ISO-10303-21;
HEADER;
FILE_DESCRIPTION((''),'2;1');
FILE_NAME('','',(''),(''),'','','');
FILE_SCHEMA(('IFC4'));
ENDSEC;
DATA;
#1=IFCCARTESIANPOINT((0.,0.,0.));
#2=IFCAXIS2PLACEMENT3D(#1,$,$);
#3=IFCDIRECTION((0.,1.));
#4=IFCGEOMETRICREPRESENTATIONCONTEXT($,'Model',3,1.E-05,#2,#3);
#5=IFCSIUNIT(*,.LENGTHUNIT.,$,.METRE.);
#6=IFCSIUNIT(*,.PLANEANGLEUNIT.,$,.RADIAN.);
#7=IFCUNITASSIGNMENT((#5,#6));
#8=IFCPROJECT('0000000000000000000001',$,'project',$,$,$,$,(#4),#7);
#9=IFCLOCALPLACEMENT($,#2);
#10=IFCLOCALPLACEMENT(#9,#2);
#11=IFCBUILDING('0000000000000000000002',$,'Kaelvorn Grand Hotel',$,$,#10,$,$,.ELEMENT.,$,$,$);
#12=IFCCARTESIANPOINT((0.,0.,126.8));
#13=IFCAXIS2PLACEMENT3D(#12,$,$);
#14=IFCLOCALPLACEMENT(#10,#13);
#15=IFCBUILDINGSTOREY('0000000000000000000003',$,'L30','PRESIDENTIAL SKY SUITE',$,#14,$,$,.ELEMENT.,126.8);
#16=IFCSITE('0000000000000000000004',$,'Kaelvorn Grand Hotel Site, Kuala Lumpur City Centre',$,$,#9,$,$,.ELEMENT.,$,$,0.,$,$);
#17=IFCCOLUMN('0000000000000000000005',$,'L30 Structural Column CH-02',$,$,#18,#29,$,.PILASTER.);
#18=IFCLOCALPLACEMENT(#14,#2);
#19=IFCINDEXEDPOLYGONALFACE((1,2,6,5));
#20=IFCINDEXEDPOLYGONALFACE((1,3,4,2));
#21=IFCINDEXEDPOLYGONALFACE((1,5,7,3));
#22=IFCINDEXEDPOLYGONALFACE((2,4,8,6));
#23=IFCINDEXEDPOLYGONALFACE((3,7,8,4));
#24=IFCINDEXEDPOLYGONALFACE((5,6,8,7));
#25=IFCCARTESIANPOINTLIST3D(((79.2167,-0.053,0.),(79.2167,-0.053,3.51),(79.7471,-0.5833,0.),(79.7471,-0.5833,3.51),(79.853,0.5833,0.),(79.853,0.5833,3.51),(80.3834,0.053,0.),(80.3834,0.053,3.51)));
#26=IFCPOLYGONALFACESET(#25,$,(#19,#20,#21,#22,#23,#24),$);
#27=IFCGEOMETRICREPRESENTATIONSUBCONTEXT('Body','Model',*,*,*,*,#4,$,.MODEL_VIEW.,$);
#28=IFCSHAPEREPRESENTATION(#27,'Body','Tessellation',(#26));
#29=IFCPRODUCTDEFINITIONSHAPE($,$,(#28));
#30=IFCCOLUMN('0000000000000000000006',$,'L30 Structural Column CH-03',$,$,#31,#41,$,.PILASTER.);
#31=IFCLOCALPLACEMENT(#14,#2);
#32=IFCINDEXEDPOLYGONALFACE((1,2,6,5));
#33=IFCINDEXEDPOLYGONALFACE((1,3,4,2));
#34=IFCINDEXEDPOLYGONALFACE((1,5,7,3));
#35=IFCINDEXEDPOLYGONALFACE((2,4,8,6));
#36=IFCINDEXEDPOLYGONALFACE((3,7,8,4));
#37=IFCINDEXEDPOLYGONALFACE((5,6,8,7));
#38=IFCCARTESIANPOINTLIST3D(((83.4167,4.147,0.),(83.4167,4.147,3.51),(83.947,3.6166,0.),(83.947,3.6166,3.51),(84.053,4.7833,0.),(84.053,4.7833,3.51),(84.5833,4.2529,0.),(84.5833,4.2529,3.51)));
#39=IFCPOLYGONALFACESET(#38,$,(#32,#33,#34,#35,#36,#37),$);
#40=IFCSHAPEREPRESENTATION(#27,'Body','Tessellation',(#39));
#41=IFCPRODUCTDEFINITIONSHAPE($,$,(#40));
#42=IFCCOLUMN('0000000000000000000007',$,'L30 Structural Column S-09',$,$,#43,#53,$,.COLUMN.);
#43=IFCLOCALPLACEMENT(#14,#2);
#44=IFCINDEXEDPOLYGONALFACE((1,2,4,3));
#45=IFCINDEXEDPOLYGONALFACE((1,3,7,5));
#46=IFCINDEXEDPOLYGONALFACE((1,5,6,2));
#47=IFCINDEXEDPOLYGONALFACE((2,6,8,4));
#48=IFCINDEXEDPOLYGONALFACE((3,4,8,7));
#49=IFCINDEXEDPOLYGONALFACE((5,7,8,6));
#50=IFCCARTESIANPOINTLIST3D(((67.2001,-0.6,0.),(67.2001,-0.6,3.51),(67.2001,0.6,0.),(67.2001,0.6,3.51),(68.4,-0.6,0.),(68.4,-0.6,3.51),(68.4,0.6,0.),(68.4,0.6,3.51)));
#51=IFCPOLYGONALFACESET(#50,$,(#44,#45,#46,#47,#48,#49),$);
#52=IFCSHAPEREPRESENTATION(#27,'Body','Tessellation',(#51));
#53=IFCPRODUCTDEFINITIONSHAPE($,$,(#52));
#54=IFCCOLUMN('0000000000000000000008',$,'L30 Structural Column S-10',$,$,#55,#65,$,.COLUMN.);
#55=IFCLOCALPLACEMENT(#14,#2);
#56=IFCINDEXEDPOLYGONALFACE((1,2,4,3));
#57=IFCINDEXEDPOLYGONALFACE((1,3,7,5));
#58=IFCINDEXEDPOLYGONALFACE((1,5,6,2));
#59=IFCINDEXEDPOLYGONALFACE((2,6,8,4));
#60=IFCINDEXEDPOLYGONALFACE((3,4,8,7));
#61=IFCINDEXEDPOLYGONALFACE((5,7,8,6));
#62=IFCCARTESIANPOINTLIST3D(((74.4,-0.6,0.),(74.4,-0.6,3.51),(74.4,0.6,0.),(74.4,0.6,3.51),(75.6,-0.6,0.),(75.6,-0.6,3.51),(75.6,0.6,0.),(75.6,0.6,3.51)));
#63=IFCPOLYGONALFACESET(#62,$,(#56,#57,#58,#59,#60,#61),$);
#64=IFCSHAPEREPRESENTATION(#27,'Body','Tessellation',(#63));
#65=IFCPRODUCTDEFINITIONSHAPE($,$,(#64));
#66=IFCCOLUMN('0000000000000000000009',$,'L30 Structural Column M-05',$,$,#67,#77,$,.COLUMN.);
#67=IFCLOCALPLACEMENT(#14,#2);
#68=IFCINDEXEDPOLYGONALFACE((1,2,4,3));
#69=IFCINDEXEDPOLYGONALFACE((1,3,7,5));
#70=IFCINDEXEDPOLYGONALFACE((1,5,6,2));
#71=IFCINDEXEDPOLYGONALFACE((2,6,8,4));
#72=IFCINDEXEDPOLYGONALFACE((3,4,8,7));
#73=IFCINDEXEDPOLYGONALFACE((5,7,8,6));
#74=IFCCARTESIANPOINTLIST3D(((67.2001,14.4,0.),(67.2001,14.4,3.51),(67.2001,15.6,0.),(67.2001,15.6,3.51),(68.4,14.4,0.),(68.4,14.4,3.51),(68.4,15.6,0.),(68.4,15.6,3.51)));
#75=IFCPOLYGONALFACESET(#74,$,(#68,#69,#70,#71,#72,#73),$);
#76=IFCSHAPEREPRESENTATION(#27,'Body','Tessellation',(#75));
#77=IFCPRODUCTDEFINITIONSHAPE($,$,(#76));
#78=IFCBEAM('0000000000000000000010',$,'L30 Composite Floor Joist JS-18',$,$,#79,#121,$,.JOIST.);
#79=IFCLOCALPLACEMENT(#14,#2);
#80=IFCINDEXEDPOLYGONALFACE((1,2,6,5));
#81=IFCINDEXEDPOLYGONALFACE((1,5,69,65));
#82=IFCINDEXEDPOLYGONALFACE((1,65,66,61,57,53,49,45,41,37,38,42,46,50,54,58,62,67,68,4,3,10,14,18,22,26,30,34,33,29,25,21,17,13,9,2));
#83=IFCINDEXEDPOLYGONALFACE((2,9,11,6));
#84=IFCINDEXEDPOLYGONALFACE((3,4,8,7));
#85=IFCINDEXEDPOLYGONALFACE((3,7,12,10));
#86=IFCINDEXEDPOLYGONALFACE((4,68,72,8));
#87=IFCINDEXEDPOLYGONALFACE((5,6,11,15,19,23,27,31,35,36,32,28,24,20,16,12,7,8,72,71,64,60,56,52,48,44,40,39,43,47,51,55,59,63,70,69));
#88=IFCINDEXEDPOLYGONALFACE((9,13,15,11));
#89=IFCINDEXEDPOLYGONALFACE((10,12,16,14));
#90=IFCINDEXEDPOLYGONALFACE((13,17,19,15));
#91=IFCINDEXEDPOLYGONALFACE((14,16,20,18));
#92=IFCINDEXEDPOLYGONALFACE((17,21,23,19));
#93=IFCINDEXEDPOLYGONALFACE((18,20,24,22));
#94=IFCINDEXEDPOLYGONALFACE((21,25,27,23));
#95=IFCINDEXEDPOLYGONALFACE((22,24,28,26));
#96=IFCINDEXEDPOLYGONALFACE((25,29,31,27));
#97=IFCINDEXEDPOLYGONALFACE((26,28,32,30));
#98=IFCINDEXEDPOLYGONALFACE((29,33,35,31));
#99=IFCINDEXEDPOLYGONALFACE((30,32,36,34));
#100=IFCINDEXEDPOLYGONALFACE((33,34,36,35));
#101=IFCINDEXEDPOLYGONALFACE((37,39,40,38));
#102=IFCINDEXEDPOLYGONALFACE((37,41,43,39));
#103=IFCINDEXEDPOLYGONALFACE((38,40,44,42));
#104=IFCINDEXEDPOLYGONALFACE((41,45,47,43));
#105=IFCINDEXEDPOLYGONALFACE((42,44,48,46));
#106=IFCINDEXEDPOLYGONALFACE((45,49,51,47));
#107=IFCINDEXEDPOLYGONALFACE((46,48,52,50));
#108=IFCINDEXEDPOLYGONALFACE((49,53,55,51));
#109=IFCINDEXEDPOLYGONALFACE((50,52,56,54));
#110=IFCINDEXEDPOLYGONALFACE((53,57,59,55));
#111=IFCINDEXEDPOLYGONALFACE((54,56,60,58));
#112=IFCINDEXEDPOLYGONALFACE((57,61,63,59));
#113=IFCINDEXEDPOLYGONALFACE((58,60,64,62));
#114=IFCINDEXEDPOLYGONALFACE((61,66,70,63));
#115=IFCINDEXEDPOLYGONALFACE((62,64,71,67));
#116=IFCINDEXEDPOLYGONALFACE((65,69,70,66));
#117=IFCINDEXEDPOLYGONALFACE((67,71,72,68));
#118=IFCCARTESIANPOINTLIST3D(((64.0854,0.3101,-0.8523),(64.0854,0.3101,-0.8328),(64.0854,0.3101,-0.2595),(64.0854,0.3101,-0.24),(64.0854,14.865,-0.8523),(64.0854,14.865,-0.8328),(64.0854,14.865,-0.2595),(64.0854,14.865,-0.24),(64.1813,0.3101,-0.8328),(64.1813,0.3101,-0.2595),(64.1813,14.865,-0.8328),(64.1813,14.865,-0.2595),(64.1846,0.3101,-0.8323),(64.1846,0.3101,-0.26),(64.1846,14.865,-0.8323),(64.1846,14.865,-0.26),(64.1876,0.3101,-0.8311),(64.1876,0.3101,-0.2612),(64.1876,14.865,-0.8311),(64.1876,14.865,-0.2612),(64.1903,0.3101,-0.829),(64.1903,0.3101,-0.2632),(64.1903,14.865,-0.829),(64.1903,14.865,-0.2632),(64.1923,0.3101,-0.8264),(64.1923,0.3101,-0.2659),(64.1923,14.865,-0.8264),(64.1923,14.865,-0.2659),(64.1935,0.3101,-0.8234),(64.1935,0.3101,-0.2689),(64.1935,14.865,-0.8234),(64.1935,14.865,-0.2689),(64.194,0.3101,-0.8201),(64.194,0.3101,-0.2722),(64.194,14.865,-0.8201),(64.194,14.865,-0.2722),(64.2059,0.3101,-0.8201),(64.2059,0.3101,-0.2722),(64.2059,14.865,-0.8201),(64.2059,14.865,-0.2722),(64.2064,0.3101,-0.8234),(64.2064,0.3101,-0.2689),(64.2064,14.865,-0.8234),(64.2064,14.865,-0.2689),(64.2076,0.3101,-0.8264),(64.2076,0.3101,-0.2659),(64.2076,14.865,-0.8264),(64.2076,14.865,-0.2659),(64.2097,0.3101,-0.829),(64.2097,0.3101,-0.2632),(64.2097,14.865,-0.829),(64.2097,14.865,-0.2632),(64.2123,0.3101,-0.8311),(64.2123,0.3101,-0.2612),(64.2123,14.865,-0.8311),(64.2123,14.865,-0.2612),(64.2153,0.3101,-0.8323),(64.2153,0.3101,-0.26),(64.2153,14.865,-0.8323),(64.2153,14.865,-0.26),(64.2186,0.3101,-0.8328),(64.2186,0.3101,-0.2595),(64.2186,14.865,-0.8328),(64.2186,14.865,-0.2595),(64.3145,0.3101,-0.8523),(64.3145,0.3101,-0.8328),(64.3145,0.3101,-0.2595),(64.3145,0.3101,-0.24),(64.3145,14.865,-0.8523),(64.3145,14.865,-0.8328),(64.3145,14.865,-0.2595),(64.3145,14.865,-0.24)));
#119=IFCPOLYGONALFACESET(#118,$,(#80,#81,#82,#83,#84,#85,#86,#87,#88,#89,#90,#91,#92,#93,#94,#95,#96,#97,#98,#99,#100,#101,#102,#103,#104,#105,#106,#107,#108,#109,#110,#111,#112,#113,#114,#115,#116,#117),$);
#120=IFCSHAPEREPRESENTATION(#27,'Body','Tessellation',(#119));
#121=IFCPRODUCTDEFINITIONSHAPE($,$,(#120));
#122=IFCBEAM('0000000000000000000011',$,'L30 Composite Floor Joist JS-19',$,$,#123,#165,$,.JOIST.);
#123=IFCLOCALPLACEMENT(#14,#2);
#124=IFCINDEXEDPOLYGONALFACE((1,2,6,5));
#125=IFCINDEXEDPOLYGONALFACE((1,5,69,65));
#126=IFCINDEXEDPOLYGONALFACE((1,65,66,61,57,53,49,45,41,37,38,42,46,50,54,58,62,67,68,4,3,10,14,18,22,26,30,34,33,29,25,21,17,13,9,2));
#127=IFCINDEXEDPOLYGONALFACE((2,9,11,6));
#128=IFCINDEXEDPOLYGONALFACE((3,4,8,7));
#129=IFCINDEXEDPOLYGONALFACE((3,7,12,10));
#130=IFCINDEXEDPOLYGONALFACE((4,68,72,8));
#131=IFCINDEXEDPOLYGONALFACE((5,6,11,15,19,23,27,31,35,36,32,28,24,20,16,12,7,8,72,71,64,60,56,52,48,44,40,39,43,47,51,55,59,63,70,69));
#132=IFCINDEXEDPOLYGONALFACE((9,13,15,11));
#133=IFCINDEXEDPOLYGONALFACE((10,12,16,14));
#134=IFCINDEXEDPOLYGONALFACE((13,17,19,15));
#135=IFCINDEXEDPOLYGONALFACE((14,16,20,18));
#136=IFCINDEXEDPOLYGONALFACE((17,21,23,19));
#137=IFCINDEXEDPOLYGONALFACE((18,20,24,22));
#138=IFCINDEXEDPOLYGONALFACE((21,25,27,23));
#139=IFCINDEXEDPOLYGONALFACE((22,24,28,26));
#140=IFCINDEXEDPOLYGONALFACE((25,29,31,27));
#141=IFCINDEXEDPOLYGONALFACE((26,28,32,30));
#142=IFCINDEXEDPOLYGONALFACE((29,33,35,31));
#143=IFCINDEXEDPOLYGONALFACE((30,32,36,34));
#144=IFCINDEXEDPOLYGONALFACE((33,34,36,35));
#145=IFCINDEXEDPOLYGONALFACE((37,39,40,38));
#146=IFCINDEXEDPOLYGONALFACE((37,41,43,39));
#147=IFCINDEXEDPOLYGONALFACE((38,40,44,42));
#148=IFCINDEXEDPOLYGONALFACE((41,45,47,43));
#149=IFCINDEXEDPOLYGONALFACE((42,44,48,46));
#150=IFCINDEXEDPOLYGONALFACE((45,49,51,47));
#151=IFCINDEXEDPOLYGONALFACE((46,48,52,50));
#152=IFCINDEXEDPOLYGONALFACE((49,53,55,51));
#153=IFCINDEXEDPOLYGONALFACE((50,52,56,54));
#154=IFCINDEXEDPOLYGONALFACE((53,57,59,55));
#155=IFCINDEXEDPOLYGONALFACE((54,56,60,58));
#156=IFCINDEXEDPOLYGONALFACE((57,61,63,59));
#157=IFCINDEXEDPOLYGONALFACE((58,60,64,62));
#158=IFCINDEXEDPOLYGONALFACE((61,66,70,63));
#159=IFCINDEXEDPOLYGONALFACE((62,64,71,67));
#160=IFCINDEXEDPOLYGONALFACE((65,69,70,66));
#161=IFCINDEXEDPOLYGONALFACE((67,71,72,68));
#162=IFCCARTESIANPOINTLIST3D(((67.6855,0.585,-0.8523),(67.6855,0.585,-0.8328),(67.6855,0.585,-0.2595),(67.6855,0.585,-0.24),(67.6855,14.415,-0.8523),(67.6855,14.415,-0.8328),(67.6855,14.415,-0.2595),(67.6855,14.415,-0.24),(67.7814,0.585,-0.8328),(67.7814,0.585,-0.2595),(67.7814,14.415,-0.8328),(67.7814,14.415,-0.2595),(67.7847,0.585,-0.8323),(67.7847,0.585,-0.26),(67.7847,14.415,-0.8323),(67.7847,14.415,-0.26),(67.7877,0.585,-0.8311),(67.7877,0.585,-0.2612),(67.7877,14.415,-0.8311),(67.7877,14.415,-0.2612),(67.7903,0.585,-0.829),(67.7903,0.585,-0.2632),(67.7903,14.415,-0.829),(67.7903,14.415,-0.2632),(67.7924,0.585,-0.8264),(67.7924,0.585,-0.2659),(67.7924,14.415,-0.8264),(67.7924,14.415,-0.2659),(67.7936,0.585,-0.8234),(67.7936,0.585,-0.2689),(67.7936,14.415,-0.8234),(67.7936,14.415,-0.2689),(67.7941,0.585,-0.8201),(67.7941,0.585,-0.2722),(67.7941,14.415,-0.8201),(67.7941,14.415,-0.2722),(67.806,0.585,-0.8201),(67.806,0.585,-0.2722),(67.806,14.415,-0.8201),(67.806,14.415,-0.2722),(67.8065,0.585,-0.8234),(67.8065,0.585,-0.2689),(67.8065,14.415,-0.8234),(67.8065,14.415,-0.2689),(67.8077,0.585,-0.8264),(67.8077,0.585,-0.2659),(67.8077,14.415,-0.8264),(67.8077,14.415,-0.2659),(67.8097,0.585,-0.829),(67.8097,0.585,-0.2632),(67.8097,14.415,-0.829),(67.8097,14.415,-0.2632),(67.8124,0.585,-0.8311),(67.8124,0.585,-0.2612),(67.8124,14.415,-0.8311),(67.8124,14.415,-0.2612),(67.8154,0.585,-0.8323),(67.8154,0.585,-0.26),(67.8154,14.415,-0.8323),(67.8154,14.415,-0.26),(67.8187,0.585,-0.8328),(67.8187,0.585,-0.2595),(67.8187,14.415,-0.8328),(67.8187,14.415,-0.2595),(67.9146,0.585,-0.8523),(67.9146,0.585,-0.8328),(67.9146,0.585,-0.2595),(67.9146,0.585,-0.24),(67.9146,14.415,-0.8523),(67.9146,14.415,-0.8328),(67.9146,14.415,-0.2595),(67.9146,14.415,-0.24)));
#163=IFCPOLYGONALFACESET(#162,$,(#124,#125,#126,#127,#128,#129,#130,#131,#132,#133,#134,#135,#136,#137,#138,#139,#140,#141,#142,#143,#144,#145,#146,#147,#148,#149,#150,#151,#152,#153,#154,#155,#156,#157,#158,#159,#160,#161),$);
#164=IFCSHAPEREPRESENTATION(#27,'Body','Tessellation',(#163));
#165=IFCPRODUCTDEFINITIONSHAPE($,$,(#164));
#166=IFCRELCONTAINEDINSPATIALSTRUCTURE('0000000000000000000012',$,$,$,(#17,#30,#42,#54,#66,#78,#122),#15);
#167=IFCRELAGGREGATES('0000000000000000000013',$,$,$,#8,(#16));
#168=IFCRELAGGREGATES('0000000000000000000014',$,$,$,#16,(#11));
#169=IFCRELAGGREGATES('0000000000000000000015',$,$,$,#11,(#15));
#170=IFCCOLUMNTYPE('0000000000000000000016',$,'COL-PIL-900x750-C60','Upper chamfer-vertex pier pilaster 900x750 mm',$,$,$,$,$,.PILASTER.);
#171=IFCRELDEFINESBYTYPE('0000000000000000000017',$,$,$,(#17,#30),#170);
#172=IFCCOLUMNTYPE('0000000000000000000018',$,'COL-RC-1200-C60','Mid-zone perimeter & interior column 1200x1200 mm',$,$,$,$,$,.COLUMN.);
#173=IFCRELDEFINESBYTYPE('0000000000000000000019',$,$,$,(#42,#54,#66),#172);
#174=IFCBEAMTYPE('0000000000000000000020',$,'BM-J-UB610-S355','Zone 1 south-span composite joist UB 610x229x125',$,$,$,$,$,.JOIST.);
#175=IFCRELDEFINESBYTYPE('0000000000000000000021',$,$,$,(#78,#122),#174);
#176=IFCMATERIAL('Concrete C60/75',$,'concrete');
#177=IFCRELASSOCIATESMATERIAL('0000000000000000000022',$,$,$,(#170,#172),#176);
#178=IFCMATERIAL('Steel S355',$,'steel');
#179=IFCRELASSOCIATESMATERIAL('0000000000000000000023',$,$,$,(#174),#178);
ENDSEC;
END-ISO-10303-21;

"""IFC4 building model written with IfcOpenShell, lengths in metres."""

from ifc_helpers import new_model, si_unit, direction, frame, origin, origin_2d, place, context, subcontext, project, spatial, rectangle, i_section, extrude, material, material_profile, profile_set, type_object, element, save


model = new_model("IFC4")

# Units and contexts
model_context = context("Model", 3, precision=1e-05, world=origin(), true_north=direction((0.0, 1.0)))
body_context = subcontext(model_context, "Body", "Model", "MODEL_VIEW")
ifc_project = project(units=[si_unit("LENGTHUNIT", "METRE"), si_unit("PLANEANGLEUNIT", "RADIAN")], contexts=[model_context])

# Site, building, storey
site_placement = place(None, origin())
site = spatial("IfcSite", under=ifc_project, at=site_placement, Name="Kaelvorn Grand Hotel Site, Kuala Lumpur City Centre", CompositionType="ELEMENT", RefElevation=0.0)
building_placement = place(site_placement, origin())
building = spatial("IfcBuilding", under=site, at=building_placement, Name="Kaelvorn Grand Hotel", CompositionType="ELEMENT")
storey_placement = place(building_placement, frame((0.0, 0.0, 126.8)))
storey = spatial("IfcBuildingStorey", under=building, at=storey_placement, Name="L30", Description="PRESIDENTIAL SKY SUITE", CompositionType="ELEMENT", Elevation=126.8)

# Columns
ifc_material_1 = material(Name="Concrete C60/75", Category="concrete")
ifc_material_profile_1 = material_profile(ifc_material_1, rectangle(XDim=0.8999, YDim=0.75, at=origin_2d()), Name="RC PILASTER 900x750")
ifc_profile_set_1 = profile_set([ifc_material_profile_1], Name="Concrete C60/75")
column_type_1 = type_object("IfcColumnType", Name="COL-PIL-900x750-C60", Description="Upper chamfer-vertex pier pilaster 900x750 mm", PredefinedType="PILASTER", material=ifc_profile_set_1)
for number, where, z_axis, x_axis, name in (
    (1, (79.8, 0.0, 0.0), (0.0, 0.0, 1.0), (0.707107, 0.707107, 0.0), "L30 Structural Column CH-02"),
    (2, (84.0, 4.2, 0.0), (0.0, 0.0, 1.0), (0.707107, 0.707107, 0.0), "L30 Structural Column CH-03"),
):
    element("IfcColumn", number, at=place(storey_placement, frame(where, z_axis=z_axis, x_axis=x_axis)), inside=storey, type_object=column_type_1, Name=name, PredefinedType="PILASTER", context=body_context, shape_type="SweptSolid", body=[
        extrude(rectangle(XDim=0.8999, YDim=0.75, at=origin_2d()), origin(), (0.0, 0.0, 1.0), 3.51),
    ])
ifc_material_profile_2 = material_profile(ifc_material_1, rectangle(XDim=1.2, YDim=1.2, at=origin_2d()), Name="RC COL 1200x1200")
ifc_profile_set_2 = profile_set([ifc_material_profile_2], Name="Concrete C60/75")
column_type_2 = type_object("IfcColumnType", Name="COL-RC-1200-C60", Description="Mid-zone perimeter & interior column 1200x1200 mm", PredefinedType="COLUMN", material=ifc_profile_set_2)
for number, where, z_axis, x_axis, name in (
    (3, (67.8, 0.0, 0.0), (0.0, 0.0, 1.0), (1.0, 0.0, 0.0), "L30 Structural Column S-09"),
    (4, (75.0, 0.0, 0.0), (0.0, 0.0, 1.0), (1.0, 0.0, 0.0), "L30 Structural Column S-10"),
    (5, (67.8, 15.0, 0.0), (0.0, 0.0, 1.0), (1.0, 0.0, 0.0), "L30 Structural Column M-05"),
):
    element("IfcColumn", number, at=place(storey_placement, frame(where, z_axis=z_axis, x_axis=x_axis)), inside=storey, type_object=column_type_2, Name=name, PredefinedType="COLUMN", context=body_context, shape_type="SweptSolid", body=[
        extrude(rectangle(XDim=1.2, YDim=1.2, at=origin_2d()), origin(), (0.0, 0.0, 1.0), 3.51),
    ])

# Beams
ifc_material_2 = material(Name="Steel S355", Category="steel")
ifc_material_profile_3 = material_profile(ifc_material_2, i_section(OverallWidth=0.229, OverallDepth=0.6123, WebThickness=0.012, FlangeThickness=0.0195, FilletRadius=0.0127, at=origin_2d()), Name="UB 610x229x125")
ifc_profile_set_3 = profile_set([ifc_material_profile_3], Name="Steel S355")
beam_type_1 = type_object("IfcBeamType", Name="BM-J-UB610-S355", Description="Zone 1 south-span composite joist UB 610x229x125", PredefinedType="JOIST", material=ifc_profile_set_3)
beam_1_placement = place(storey_placement, frame((64.2, 0.3101, -0.5461), z_axis=(0.0, 1.0, 0.0), x_axis=(-1.0, 0.0, 0.0)))
element("IfcBeam", 6, at=beam_1_placement, inside=storey, type_object=beam_type_1, Name="L30 Composite Floor Joist JS-18", PredefinedType="JOIST", context=body_context, shape_type="SweptSolid", body=[
    extrude(i_section(OverallWidth=0.229, OverallDepth=0.6123, WebThickness=0.012, FlangeThickness=0.0195, FilletRadius=0.0127, at=origin_2d()), origin(), (0.0, 0.0, 1.0), 14.5549),
])
beam_2_placement = place(storey_placement, frame((67.8, 0.585, -0.5461), z_axis=(0.0, 1.0, 0.0), x_axis=(-1.0, 0.0, 0.0)))
element("IfcBeam", 7, at=beam_2_placement, inside=storey, type_object=beam_type_1, Name="L30 Composite Floor Joist JS-19", PredefinedType="JOIST", context=body_context, shape_type="SweptSolid", body=[
    extrude(i_section(OverallWidth=0.229, OverallDepth=0.6123, WebThickness=0.012, FlangeThickness=0.0195, FilletRadius=0.0127, at=origin_2d()), origin(), (0.0, 0.0, 1.0), 13.8301),
])

save(model, "model.ifc")
